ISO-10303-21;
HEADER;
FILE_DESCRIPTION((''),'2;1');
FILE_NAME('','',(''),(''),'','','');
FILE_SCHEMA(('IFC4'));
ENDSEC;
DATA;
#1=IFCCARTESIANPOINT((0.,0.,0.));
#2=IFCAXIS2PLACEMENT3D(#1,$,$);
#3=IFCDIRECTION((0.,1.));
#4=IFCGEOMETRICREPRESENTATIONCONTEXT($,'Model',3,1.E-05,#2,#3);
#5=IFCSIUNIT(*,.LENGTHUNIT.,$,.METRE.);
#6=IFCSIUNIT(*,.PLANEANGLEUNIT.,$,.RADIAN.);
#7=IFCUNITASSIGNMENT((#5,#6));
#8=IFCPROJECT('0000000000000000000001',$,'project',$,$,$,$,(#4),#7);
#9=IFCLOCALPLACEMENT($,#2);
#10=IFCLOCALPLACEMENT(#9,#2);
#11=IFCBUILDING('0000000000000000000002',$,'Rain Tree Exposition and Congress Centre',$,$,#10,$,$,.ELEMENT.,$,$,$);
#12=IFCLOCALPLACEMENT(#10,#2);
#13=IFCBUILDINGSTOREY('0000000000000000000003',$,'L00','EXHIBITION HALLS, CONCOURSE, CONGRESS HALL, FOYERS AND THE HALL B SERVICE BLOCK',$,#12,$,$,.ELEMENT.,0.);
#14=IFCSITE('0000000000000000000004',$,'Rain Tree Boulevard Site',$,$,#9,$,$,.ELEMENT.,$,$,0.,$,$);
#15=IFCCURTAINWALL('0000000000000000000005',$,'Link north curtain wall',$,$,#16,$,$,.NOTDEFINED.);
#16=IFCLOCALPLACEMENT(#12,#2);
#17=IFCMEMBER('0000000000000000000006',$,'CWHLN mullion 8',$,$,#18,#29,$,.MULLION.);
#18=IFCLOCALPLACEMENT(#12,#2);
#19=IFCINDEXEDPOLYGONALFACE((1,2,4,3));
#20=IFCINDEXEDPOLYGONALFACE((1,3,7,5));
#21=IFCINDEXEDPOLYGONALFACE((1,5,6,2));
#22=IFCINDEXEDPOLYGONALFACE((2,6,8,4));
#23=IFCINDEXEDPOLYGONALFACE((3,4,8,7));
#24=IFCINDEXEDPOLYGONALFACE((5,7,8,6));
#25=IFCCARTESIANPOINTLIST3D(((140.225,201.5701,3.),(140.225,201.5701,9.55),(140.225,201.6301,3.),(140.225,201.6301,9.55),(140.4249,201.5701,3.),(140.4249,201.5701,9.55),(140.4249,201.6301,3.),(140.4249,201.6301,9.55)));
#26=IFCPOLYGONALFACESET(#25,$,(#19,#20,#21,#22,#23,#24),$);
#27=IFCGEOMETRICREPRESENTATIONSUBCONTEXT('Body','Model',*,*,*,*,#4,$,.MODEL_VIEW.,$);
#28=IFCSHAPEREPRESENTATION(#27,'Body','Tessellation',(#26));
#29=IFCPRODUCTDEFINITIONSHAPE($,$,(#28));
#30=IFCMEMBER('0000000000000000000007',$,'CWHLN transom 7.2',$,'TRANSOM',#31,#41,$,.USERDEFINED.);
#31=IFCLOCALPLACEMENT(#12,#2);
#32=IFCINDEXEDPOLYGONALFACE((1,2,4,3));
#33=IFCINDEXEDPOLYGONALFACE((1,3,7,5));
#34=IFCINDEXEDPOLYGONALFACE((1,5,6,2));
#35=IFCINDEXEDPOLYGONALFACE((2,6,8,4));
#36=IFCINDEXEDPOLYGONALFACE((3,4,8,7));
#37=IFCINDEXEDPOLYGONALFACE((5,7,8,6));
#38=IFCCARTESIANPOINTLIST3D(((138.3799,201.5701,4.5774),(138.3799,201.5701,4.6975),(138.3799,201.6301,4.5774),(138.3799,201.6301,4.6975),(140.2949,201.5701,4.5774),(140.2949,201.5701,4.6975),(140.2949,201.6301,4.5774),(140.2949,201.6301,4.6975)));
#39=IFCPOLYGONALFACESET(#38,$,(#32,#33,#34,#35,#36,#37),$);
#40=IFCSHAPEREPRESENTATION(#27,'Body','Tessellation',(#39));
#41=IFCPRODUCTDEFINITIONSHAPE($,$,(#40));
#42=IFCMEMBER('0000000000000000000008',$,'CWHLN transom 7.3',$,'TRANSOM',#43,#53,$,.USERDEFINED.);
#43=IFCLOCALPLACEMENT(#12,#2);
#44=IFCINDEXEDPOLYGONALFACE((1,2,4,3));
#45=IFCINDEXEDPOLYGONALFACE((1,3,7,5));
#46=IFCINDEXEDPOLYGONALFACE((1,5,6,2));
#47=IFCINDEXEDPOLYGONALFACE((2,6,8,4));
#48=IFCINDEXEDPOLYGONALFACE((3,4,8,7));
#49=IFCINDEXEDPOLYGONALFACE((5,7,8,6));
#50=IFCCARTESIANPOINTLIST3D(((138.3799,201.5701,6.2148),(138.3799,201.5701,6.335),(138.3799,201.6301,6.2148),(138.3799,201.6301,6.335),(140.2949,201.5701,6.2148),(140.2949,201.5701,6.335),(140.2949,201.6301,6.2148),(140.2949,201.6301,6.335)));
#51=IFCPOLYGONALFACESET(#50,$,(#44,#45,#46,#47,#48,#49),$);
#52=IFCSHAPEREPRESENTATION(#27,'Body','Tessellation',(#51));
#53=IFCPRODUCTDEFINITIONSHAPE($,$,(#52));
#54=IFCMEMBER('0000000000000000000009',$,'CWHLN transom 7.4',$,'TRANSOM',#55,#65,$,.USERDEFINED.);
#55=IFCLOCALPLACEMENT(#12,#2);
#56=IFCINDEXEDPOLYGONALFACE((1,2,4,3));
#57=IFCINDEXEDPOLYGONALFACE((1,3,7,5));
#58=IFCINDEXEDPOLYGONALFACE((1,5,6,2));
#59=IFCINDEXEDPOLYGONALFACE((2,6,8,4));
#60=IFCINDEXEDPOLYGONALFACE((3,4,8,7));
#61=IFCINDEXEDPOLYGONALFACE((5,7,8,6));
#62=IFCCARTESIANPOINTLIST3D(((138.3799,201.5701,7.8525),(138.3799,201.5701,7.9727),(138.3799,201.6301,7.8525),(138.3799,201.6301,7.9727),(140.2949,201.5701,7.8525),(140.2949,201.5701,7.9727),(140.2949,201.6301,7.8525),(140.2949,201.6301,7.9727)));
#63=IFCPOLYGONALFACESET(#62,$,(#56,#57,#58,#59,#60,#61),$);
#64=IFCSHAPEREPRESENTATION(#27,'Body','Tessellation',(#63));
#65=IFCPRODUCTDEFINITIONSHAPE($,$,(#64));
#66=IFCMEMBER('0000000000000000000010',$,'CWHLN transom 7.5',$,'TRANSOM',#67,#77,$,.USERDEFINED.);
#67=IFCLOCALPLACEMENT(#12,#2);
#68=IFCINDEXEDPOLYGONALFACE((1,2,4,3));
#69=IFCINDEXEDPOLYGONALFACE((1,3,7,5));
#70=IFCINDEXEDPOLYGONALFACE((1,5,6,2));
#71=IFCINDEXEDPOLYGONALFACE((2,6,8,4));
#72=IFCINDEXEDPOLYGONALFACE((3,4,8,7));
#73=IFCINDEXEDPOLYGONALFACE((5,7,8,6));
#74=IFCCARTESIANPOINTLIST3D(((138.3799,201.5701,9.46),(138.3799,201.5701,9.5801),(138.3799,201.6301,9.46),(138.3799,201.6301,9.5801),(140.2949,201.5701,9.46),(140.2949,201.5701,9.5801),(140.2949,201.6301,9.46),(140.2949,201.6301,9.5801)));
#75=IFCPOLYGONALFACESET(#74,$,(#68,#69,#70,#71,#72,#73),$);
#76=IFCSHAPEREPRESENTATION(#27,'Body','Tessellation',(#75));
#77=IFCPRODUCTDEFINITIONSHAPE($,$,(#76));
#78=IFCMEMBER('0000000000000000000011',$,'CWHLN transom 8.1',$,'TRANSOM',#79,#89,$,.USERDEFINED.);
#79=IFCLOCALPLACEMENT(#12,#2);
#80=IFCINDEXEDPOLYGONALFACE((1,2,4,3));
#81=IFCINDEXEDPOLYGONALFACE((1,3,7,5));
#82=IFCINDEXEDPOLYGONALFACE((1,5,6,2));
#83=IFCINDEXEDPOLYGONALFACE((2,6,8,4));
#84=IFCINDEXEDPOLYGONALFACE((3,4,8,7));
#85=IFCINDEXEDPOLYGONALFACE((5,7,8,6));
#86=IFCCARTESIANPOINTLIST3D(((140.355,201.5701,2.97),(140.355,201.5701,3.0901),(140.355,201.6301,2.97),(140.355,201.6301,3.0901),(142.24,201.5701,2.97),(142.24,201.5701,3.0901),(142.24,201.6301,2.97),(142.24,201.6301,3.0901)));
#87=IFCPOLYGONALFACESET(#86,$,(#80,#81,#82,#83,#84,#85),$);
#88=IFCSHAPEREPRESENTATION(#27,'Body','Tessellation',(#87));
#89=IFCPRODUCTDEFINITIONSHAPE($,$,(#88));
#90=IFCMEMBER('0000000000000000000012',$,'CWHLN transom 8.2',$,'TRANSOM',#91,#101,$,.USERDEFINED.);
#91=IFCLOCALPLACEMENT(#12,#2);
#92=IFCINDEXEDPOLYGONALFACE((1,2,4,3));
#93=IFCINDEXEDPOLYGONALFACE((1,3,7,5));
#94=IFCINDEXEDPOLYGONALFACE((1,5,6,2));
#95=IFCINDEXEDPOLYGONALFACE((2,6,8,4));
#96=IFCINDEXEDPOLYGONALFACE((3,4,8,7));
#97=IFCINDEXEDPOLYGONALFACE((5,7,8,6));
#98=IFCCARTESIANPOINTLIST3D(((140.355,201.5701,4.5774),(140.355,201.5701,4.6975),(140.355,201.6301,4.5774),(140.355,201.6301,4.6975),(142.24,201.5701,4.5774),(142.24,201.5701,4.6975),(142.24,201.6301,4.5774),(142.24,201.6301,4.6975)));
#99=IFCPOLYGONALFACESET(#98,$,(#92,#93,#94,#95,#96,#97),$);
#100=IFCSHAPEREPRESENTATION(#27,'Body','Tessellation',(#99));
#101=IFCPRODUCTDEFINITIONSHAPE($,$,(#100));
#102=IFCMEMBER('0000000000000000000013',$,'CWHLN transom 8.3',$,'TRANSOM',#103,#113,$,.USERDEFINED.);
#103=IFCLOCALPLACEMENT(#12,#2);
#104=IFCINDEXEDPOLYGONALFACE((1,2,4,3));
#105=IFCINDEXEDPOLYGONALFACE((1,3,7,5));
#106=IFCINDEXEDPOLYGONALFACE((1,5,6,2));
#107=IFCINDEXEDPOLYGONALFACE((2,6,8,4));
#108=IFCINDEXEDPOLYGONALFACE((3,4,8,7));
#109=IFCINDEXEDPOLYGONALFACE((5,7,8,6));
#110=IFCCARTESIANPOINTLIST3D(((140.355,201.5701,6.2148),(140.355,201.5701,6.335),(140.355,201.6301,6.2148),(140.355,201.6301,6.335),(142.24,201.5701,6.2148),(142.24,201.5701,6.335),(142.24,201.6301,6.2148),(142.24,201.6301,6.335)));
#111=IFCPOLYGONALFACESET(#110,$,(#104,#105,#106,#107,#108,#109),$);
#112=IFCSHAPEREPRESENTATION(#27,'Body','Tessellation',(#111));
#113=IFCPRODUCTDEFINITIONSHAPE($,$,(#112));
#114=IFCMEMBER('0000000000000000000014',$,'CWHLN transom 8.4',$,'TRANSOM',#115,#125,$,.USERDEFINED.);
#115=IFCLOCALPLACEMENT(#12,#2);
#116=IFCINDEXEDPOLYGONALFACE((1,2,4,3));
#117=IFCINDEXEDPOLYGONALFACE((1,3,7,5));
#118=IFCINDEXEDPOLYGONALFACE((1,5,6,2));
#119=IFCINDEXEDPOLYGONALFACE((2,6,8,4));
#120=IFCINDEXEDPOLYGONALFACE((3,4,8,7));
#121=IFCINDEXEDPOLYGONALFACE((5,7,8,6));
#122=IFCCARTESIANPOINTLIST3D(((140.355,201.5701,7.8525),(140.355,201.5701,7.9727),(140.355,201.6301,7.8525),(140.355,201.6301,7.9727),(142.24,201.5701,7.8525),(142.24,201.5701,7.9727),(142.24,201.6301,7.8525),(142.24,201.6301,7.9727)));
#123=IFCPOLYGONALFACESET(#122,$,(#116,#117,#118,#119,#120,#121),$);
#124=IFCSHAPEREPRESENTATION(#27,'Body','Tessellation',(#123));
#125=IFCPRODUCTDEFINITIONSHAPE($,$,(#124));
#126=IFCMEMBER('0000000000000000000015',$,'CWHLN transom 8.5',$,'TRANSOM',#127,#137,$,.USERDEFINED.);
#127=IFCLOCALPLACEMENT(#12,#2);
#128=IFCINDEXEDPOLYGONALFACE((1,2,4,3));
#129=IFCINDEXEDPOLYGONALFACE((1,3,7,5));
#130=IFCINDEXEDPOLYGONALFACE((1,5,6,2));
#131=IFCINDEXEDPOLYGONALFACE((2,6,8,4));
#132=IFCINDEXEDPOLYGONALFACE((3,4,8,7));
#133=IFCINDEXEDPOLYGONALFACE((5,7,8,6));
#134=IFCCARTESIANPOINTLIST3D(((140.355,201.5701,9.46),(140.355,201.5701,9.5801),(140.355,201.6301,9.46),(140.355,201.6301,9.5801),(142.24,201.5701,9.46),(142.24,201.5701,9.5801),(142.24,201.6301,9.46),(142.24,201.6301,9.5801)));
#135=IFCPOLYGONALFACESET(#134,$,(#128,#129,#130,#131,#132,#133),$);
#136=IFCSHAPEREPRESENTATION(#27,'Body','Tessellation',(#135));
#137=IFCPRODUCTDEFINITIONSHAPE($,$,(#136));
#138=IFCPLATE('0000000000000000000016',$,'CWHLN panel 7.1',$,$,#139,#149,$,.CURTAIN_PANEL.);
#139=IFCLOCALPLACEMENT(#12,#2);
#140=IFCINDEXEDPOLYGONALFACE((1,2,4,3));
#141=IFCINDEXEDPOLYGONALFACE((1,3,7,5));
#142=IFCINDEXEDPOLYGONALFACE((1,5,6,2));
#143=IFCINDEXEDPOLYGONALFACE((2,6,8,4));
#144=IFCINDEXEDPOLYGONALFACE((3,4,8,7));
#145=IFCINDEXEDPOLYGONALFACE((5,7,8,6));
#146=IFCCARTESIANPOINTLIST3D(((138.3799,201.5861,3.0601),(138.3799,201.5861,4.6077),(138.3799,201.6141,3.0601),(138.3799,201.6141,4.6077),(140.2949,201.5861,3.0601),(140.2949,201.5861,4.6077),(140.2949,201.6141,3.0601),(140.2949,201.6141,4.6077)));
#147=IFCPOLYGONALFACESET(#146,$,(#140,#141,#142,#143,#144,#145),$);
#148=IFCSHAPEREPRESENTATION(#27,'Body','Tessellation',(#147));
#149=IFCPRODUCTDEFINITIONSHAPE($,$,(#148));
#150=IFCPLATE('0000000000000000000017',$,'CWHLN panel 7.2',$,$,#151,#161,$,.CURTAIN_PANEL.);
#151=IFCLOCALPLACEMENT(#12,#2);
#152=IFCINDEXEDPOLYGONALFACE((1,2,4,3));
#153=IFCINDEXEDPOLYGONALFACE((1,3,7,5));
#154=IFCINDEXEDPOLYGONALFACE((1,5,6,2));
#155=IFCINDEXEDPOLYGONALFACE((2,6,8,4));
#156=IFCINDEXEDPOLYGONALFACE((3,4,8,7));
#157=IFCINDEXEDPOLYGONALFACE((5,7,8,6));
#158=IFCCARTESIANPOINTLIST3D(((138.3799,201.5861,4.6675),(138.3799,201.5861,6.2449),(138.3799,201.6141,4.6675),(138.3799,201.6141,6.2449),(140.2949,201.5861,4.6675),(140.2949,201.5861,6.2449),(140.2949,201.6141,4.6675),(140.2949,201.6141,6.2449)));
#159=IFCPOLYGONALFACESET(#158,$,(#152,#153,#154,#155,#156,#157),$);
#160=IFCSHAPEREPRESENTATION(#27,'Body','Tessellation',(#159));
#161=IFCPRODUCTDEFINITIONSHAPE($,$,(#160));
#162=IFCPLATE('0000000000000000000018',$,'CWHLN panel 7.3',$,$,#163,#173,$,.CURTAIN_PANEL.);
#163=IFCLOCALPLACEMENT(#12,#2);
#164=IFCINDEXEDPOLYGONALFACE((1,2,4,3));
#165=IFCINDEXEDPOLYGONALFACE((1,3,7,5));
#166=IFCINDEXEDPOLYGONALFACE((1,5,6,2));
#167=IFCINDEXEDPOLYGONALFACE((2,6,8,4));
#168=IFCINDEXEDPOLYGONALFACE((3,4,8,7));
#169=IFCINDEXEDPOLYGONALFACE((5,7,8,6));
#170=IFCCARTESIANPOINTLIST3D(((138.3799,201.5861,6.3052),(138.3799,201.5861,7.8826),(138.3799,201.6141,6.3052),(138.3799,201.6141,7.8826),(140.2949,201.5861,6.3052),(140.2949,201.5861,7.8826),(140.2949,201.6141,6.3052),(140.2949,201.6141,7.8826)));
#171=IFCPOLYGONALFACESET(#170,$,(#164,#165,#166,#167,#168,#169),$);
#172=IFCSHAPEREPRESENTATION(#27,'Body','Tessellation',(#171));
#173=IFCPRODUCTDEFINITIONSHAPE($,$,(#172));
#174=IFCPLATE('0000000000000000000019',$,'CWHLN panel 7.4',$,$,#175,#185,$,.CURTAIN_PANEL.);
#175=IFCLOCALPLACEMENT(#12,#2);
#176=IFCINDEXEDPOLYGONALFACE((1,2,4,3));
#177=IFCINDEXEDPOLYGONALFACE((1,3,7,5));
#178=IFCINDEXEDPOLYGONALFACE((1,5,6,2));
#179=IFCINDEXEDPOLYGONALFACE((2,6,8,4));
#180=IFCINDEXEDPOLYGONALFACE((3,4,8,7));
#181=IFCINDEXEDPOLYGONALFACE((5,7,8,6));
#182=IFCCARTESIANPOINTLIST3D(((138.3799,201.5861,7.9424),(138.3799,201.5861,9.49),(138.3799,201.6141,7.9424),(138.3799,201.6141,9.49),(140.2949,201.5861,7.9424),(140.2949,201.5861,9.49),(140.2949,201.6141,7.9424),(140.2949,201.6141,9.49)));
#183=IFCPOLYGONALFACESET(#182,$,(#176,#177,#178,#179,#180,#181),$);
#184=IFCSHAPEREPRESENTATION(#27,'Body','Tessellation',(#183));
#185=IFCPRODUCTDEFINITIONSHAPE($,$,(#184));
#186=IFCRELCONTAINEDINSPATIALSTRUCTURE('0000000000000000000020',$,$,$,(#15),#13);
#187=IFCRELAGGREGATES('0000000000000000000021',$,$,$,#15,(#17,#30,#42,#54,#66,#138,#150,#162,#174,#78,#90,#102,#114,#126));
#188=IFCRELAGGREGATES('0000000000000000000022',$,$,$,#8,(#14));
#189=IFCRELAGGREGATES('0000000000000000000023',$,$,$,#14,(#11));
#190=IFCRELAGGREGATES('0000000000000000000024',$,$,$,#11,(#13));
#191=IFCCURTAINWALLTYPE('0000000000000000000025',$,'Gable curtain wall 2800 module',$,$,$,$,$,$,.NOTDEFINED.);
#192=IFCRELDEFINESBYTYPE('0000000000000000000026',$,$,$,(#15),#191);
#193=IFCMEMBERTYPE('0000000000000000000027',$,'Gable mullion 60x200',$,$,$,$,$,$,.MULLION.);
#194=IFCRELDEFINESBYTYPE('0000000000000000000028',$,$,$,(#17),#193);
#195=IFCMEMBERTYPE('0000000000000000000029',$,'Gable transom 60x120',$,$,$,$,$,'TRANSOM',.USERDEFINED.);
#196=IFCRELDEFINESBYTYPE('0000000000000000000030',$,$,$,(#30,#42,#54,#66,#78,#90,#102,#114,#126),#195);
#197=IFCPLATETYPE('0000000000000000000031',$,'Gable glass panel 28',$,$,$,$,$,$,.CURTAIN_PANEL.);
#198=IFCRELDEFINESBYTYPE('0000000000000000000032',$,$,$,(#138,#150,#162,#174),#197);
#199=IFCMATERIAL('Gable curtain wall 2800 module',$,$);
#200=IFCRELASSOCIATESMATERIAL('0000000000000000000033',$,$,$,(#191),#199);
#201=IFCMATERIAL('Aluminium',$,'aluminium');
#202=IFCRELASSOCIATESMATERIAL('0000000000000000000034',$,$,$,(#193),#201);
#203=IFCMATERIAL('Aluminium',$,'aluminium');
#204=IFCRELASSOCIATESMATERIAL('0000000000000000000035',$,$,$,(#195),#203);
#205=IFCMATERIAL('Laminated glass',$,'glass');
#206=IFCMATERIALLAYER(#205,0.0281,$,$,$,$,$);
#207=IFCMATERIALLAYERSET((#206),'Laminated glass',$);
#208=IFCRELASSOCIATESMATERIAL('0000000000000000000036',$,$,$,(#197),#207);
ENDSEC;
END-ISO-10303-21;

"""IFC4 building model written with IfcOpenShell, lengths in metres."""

from ifc_helpers import new_model, si_unit, direction, frame, origin, origin_2d, place, context, subcontext, project, spatial, rectangle, extrude, material, layer, layer_set, material_profile, profile_set, type_object, element, aggregate, save


model = new_model("IFC4")

# Units and contexts
model_context = context("Model", 3, precision=1e-05, world=origin(), true_north=direction((0.0, 1.0)))
body_context = subcontext(model_context, "Body", "Model", "MODEL_VIEW")
ifc_project = project(units=[si_unit("LENGTHUNIT", "METRE"), si_unit("PLANEANGLEUNIT", "RADIAN")], contexts=[model_context])

# Site, building, storey
site_placement = place(None, origin())
site = spatial("IfcSite", under=ifc_project, at=site_placement, Name="Rain Tree Boulevard Site", CompositionType="ELEMENT", RefElevation=0.0)
building_placement = place(site_placement, origin())
building = spatial("IfcBuilding", under=site, at=building_placement, Name="Rain Tree Exposition and Congress Centre", CompositionType="ELEMENT")
storey_placement = place(building_placement, origin())
storey = spatial("IfcBuildingStorey", under=building, at=storey_placement, Name="L00", Description="EXHIBITION HALLS, CONCOURSE, CONGRESS HALL, FOYERS AND THE HALL B SERVICE BLOCK", CompositionType="ELEMENT", Elevation=0.0)

# Curtain wall, members, plates
ifc_material_1 = material(Name="Gable curtain wall 2800 module")
curtain_wall_type = type_object("IfcCurtainWallType", Name="Gable curtain wall 2800 module", PredefinedType="NOTDEFINED", material=ifc_material_1)
curtain_wall_placement = place(storey_placement, origin())
curtain_wall = element("IfcCurtainWall", 1, at=curtain_wall_placement, inside=storey, type_object=curtain_wall_type, Name="Link north curtain wall", PredefinedType="NOTDEFINED")
ifc_material_2 = material(Name="Aluminium", Category="aluminium")
ifc_material_profile_1 = material_profile(ifc_material_2, rectangle(XDim=0.0601, YDim=0.2, at=origin_2d()), Name="Aluminium 60x200")
ifc_profile_set_1 = profile_set([ifc_material_profile_1], Name="Aluminium")
member_type_1 = type_object("IfcMemberType", Name="Gable mullion 60x200", PredefinedType="MULLION", material=ifc_profile_set_1)
member_1_placement = place(storey_placement, frame((140.325, 201.6001, 3.0), z_axis=(0.0, 0.0, 1.0), x_axis=(0.0, 1.0, 0.0)))
member_1 = element("IfcMember", 2, at=member_1_placement, type_object=member_type_1, Name="CWHLN mullion 8", PredefinedType="MULLION", context=body_context, shape_type="SweptSolid", body=[
    extrude(rectangle(XDim=0.0601, YDim=0.2, at=origin_2d()), origin(), (0.0, 0.0, 1.0), 6.55),
])
ifc_material_3 = material(Name="Aluminium", Category="aluminium")
ifc_material_profile_2 = material_profile(ifc_material_3, rectangle(XDim=0.0601, YDim=0.1201, at=origin_2d()), Name="Aluminium 60x120")
ifc_profile_set_2 = profile_set([ifc_material_profile_2], Name="Aluminium")
member_type_2 = type_object("IfcMemberType", Name="Gable transom 60x120", ElementType="TRANSOM", PredefinedType="USERDEFINED", material=ifc_profile_set_2)
member_2_placement = place(storey_placement, frame((138.3799, 201.6001, 4.6375), z_axis=(1.0, 0.0, 0.0), x_axis=(0.0, 1.0, 0.0)))
member_2 = element("IfcMember", 3, at=member_2_placement, type_object=member_type_2, Name="CWHLN transom 7.2", ObjectType="TRANSOM", PredefinedType="USERDEFINED", context=body_context, shape_type="SweptSolid", body=[
    extrude(rectangle(XDim=0.0601, YDim=0.1201, at=origin_2d()), origin(), (0.0, 0.0, 1.0), 1.915),
])
member_3_placement = place(storey_placement, frame((138.3799, 201.6001, 6.2749), z_axis=(1.0, 0.0, 0.0), x_axis=(0.0, 1.0, 0.0)))
member_3 = element("IfcMember", 4, at=member_3_placement, type_object=member_type_2, Name="CWHLN transom 7.3", ObjectType="TRANSOM", PredefinedType="USERDEFINED", context=body_context, shape_type="SweptSolid", body=[
    extrude(rectangle(XDim=0.0601, YDim=0.1201, at=origin_2d()), origin(), (0.0, 0.0, 1.0), 1.915),
])
member_4_placement = place(storey_placement, frame((138.3799, 201.6001, 7.9126), z_axis=(1.0, 0.0, 0.0), x_axis=(0.0, 1.0, 0.0)))
member_4 = element("IfcMember", 5, at=member_4_placement, type_object=member_type_2, Name="CWHLN transom 7.4", ObjectType="TRANSOM", PredefinedType="USERDEFINED", context=body_context, shape_type="SweptSolid", body=[
    extrude(rectangle(XDim=0.0601, YDim=0.1201, at=origin_2d()), origin(), (0.0, 0.0, 1.0), 1.915),
])
member_5_placement = place(storey_placement, frame((138.3799, 201.6001, 9.52), z_axis=(1.0, 0.0, 0.0), x_axis=(0.0, 1.0, 0.0)))
member_5 = element("IfcMember", 6, at=member_5_placement, type_object=member_type_2, Name="CWHLN transom 7.5", ObjectType="TRANSOM", PredefinedType="USERDEFINED", context=body_context, shape_type="SweptSolid", body=[
    extrude(rectangle(XDim=0.0601, YDim=0.1201, at=origin_2d()), origin(), (0.0, 0.0, 1.0), 1.915),
])
member_6_placement = place(storey_placement, frame((140.355, 201.6001, 3.03), z_axis=(1.0, 0.0, 0.0), x_axis=(0.0, 1.0, 0.0)))
member_6 = element("IfcMember", 7, at=member_6_placement, type_object=member_type_2, Name="CWHLN transom 8.1", ObjectType="TRANSOM", PredefinedType="USERDEFINED", context=body_context, shape_type="SweptSolid", body=[
    extrude(rectangle(XDim=0.0601, YDim=0.1201, at=origin_2d()), origin(), (0.0, 0.0, 1.0), 1.885),
])
member_7_placement = place(storey_placement, frame((140.355, 201.6001, 4.6375), z_axis=(1.0, 0.0, 0.0), x_axis=(0.0, 1.0, 0.0)))
member_7 = element("IfcMember", 8, at=member_7_placement, type_object=member_type_2, Name="CWHLN transom 8.2", ObjectType="TRANSOM", PredefinedType="USERDEFINED", context=body_context, shape_type="SweptSolid", body=[
    extrude(rectangle(XDim=0.0601, YDim=0.1201, at=origin_2d()), origin(), (0.0, 0.0, 1.0), 1.885),
])
member_8_placement = place(storey_placement, frame((140.355, 201.6001, 6.2749), z_axis=(1.0, 0.0, 0.0), x_axis=(0.0, 1.0, 0.0)))
member_8 = element("IfcMember", 9, at=member_8_placement, type_object=member_type_2, Name="CWHLN transom 8.3", ObjectType="TRANSOM", PredefinedType="USERDEFINED", context=body_context, shape_type="SweptSolid", body=[
    extrude(rectangle(XDim=0.0601, YDim=0.1201, at=origin_2d()), origin(), (0.0, 0.0, 1.0), 1.885),
])
member_9_placement = place(storey_placement, frame((140.355, 201.6001, 7.9126), z_axis=(1.0, 0.0, 0.0), x_axis=(0.0, 1.0, 0.0)))
member_9 = element("IfcMember", 10, at=member_9_placement, type_object=member_type_2, Name="CWHLN transom 8.4", ObjectType="TRANSOM", PredefinedType="USERDEFINED", context=body_context, shape_type="SweptSolid", body=[
    extrude(rectangle(XDim=0.0601, YDim=0.1201, at=origin_2d()), origin(), (0.0, 0.0, 1.0), 1.885),
])
member_10_placement = place(storey_placement, frame((140.355, 201.6001, 9.52), z_axis=(1.0, 0.0, 0.0), x_axis=(0.0, 1.0, 0.0)))
member_10 = element("IfcMember", 11, at=member_10_placement, type_object=member_type_2, Name="CWHLN transom 8.5", ObjectType="TRANSOM", PredefinedType="USERDEFINED", context=body_context, shape_type="SweptSolid", body=[
    extrude(rectangle(XDim=0.0601, YDim=0.1201, at=origin_2d()), origin(), (0.0, 0.0, 1.0), 1.885),
])
ifc_material_4 = material(Name="Laminated glass", Category="glass")
ifc_layer = layer(ifc_material_4, 0.0281)
ifc_layer_set = layer_set([ifc_layer], Name="Laminated glass")
plate_type = type_object("IfcPlateType", Name="Gable glass panel 28", PredefinedType="CURTAIN_PANEL", material=ifc_layer_set)
plate_1_placement = place(storey_placement, frame((139.3374, 201.6001, 3.0601), z_axis=(0.0, 0.0, 1.0), x_axis=(1.0, 0.0, 0.0)))
plate_1 = element("IfcPlate", 12, at=plate_1_placement, type_object=plate_type, Name="CWHLN panel 7.1", PredefinedType="CURTAIN_PANEL", context=body_context, shape_type="SweptSolid", body=[
    extrude(rectangle(XDim=1.915, YDim=0.0281, at=origin_2d()), origin(), (0.0, 0.0, 1.0), 1.5476),
])
plate_2_placement = place(storey_placement, frame((139.3374, 201.6001, 4.6675), z_axis=(0.0, 0.0, 1.0), x_axis=(1.0, 0.0, 0.0)))
plate_2 = element("IfcPlate", 13, at=plate_2_placement, type_object=plate_type, Name="CWHLN panel 7.2", PredefinedType="CURTAIN_PANEL", context=body_context, shape_type="SweptSolid", body=[
    extrude(rectangle(XDim=1.915, YDim=0.0281, at=origin_2d()), origin(), (0.0, 0.0, 1.0), 1.5774),
])
plate_3_placement = place(storey_placement, frame((139.3374, 201.6001, 6.3052), z_axis=(0.0, 0.0, 1.0), x_axis=(1.0, 0.0, 0.0)))
plate_3 = element("IfcPlate", 14, at=plate_3_placement, type_object=plate_type, Name="CWHLN panel 7.3", PredefinedType="CURTAIN_PANEL", context=body_context, shape_type="SweptSolid", body=[
    extrude(rectangle(XDim=1.915, YDim=0.0281, at=origin_2d()), origin(), (0.0, 0.0, 1.0), 1.5774),
])
plate_4_placement = place(storey_placement, frame((139.3374, 201.6001, 7.9424), z_axis=(0.0, 0.0, 1.0), x_axis=(1.0, 0.0, 0.0)))
plate_4 = element("IfcPlate", 15, at=plate_4_placement, type_object=plate_type, Name="CWHLN panel 7.4", PredefinedType="CURTAIN_PANEL", context=body_context, shape_type="SweptSolid", body=[
    extrude(rectangle(XDim=1.915, YDim=0.0281, at=origin_2d()), origin(), (0.0, 0.0, 1.0), 1.5476),
])
aggregate(curtain_wall, [member_1, member_2, member_3, member_4, member_5, plate_1, plate_2, plate_3, plate_4, member_6, member_7, member_8, member_9, member_10])

save(model, "model.ifc")
